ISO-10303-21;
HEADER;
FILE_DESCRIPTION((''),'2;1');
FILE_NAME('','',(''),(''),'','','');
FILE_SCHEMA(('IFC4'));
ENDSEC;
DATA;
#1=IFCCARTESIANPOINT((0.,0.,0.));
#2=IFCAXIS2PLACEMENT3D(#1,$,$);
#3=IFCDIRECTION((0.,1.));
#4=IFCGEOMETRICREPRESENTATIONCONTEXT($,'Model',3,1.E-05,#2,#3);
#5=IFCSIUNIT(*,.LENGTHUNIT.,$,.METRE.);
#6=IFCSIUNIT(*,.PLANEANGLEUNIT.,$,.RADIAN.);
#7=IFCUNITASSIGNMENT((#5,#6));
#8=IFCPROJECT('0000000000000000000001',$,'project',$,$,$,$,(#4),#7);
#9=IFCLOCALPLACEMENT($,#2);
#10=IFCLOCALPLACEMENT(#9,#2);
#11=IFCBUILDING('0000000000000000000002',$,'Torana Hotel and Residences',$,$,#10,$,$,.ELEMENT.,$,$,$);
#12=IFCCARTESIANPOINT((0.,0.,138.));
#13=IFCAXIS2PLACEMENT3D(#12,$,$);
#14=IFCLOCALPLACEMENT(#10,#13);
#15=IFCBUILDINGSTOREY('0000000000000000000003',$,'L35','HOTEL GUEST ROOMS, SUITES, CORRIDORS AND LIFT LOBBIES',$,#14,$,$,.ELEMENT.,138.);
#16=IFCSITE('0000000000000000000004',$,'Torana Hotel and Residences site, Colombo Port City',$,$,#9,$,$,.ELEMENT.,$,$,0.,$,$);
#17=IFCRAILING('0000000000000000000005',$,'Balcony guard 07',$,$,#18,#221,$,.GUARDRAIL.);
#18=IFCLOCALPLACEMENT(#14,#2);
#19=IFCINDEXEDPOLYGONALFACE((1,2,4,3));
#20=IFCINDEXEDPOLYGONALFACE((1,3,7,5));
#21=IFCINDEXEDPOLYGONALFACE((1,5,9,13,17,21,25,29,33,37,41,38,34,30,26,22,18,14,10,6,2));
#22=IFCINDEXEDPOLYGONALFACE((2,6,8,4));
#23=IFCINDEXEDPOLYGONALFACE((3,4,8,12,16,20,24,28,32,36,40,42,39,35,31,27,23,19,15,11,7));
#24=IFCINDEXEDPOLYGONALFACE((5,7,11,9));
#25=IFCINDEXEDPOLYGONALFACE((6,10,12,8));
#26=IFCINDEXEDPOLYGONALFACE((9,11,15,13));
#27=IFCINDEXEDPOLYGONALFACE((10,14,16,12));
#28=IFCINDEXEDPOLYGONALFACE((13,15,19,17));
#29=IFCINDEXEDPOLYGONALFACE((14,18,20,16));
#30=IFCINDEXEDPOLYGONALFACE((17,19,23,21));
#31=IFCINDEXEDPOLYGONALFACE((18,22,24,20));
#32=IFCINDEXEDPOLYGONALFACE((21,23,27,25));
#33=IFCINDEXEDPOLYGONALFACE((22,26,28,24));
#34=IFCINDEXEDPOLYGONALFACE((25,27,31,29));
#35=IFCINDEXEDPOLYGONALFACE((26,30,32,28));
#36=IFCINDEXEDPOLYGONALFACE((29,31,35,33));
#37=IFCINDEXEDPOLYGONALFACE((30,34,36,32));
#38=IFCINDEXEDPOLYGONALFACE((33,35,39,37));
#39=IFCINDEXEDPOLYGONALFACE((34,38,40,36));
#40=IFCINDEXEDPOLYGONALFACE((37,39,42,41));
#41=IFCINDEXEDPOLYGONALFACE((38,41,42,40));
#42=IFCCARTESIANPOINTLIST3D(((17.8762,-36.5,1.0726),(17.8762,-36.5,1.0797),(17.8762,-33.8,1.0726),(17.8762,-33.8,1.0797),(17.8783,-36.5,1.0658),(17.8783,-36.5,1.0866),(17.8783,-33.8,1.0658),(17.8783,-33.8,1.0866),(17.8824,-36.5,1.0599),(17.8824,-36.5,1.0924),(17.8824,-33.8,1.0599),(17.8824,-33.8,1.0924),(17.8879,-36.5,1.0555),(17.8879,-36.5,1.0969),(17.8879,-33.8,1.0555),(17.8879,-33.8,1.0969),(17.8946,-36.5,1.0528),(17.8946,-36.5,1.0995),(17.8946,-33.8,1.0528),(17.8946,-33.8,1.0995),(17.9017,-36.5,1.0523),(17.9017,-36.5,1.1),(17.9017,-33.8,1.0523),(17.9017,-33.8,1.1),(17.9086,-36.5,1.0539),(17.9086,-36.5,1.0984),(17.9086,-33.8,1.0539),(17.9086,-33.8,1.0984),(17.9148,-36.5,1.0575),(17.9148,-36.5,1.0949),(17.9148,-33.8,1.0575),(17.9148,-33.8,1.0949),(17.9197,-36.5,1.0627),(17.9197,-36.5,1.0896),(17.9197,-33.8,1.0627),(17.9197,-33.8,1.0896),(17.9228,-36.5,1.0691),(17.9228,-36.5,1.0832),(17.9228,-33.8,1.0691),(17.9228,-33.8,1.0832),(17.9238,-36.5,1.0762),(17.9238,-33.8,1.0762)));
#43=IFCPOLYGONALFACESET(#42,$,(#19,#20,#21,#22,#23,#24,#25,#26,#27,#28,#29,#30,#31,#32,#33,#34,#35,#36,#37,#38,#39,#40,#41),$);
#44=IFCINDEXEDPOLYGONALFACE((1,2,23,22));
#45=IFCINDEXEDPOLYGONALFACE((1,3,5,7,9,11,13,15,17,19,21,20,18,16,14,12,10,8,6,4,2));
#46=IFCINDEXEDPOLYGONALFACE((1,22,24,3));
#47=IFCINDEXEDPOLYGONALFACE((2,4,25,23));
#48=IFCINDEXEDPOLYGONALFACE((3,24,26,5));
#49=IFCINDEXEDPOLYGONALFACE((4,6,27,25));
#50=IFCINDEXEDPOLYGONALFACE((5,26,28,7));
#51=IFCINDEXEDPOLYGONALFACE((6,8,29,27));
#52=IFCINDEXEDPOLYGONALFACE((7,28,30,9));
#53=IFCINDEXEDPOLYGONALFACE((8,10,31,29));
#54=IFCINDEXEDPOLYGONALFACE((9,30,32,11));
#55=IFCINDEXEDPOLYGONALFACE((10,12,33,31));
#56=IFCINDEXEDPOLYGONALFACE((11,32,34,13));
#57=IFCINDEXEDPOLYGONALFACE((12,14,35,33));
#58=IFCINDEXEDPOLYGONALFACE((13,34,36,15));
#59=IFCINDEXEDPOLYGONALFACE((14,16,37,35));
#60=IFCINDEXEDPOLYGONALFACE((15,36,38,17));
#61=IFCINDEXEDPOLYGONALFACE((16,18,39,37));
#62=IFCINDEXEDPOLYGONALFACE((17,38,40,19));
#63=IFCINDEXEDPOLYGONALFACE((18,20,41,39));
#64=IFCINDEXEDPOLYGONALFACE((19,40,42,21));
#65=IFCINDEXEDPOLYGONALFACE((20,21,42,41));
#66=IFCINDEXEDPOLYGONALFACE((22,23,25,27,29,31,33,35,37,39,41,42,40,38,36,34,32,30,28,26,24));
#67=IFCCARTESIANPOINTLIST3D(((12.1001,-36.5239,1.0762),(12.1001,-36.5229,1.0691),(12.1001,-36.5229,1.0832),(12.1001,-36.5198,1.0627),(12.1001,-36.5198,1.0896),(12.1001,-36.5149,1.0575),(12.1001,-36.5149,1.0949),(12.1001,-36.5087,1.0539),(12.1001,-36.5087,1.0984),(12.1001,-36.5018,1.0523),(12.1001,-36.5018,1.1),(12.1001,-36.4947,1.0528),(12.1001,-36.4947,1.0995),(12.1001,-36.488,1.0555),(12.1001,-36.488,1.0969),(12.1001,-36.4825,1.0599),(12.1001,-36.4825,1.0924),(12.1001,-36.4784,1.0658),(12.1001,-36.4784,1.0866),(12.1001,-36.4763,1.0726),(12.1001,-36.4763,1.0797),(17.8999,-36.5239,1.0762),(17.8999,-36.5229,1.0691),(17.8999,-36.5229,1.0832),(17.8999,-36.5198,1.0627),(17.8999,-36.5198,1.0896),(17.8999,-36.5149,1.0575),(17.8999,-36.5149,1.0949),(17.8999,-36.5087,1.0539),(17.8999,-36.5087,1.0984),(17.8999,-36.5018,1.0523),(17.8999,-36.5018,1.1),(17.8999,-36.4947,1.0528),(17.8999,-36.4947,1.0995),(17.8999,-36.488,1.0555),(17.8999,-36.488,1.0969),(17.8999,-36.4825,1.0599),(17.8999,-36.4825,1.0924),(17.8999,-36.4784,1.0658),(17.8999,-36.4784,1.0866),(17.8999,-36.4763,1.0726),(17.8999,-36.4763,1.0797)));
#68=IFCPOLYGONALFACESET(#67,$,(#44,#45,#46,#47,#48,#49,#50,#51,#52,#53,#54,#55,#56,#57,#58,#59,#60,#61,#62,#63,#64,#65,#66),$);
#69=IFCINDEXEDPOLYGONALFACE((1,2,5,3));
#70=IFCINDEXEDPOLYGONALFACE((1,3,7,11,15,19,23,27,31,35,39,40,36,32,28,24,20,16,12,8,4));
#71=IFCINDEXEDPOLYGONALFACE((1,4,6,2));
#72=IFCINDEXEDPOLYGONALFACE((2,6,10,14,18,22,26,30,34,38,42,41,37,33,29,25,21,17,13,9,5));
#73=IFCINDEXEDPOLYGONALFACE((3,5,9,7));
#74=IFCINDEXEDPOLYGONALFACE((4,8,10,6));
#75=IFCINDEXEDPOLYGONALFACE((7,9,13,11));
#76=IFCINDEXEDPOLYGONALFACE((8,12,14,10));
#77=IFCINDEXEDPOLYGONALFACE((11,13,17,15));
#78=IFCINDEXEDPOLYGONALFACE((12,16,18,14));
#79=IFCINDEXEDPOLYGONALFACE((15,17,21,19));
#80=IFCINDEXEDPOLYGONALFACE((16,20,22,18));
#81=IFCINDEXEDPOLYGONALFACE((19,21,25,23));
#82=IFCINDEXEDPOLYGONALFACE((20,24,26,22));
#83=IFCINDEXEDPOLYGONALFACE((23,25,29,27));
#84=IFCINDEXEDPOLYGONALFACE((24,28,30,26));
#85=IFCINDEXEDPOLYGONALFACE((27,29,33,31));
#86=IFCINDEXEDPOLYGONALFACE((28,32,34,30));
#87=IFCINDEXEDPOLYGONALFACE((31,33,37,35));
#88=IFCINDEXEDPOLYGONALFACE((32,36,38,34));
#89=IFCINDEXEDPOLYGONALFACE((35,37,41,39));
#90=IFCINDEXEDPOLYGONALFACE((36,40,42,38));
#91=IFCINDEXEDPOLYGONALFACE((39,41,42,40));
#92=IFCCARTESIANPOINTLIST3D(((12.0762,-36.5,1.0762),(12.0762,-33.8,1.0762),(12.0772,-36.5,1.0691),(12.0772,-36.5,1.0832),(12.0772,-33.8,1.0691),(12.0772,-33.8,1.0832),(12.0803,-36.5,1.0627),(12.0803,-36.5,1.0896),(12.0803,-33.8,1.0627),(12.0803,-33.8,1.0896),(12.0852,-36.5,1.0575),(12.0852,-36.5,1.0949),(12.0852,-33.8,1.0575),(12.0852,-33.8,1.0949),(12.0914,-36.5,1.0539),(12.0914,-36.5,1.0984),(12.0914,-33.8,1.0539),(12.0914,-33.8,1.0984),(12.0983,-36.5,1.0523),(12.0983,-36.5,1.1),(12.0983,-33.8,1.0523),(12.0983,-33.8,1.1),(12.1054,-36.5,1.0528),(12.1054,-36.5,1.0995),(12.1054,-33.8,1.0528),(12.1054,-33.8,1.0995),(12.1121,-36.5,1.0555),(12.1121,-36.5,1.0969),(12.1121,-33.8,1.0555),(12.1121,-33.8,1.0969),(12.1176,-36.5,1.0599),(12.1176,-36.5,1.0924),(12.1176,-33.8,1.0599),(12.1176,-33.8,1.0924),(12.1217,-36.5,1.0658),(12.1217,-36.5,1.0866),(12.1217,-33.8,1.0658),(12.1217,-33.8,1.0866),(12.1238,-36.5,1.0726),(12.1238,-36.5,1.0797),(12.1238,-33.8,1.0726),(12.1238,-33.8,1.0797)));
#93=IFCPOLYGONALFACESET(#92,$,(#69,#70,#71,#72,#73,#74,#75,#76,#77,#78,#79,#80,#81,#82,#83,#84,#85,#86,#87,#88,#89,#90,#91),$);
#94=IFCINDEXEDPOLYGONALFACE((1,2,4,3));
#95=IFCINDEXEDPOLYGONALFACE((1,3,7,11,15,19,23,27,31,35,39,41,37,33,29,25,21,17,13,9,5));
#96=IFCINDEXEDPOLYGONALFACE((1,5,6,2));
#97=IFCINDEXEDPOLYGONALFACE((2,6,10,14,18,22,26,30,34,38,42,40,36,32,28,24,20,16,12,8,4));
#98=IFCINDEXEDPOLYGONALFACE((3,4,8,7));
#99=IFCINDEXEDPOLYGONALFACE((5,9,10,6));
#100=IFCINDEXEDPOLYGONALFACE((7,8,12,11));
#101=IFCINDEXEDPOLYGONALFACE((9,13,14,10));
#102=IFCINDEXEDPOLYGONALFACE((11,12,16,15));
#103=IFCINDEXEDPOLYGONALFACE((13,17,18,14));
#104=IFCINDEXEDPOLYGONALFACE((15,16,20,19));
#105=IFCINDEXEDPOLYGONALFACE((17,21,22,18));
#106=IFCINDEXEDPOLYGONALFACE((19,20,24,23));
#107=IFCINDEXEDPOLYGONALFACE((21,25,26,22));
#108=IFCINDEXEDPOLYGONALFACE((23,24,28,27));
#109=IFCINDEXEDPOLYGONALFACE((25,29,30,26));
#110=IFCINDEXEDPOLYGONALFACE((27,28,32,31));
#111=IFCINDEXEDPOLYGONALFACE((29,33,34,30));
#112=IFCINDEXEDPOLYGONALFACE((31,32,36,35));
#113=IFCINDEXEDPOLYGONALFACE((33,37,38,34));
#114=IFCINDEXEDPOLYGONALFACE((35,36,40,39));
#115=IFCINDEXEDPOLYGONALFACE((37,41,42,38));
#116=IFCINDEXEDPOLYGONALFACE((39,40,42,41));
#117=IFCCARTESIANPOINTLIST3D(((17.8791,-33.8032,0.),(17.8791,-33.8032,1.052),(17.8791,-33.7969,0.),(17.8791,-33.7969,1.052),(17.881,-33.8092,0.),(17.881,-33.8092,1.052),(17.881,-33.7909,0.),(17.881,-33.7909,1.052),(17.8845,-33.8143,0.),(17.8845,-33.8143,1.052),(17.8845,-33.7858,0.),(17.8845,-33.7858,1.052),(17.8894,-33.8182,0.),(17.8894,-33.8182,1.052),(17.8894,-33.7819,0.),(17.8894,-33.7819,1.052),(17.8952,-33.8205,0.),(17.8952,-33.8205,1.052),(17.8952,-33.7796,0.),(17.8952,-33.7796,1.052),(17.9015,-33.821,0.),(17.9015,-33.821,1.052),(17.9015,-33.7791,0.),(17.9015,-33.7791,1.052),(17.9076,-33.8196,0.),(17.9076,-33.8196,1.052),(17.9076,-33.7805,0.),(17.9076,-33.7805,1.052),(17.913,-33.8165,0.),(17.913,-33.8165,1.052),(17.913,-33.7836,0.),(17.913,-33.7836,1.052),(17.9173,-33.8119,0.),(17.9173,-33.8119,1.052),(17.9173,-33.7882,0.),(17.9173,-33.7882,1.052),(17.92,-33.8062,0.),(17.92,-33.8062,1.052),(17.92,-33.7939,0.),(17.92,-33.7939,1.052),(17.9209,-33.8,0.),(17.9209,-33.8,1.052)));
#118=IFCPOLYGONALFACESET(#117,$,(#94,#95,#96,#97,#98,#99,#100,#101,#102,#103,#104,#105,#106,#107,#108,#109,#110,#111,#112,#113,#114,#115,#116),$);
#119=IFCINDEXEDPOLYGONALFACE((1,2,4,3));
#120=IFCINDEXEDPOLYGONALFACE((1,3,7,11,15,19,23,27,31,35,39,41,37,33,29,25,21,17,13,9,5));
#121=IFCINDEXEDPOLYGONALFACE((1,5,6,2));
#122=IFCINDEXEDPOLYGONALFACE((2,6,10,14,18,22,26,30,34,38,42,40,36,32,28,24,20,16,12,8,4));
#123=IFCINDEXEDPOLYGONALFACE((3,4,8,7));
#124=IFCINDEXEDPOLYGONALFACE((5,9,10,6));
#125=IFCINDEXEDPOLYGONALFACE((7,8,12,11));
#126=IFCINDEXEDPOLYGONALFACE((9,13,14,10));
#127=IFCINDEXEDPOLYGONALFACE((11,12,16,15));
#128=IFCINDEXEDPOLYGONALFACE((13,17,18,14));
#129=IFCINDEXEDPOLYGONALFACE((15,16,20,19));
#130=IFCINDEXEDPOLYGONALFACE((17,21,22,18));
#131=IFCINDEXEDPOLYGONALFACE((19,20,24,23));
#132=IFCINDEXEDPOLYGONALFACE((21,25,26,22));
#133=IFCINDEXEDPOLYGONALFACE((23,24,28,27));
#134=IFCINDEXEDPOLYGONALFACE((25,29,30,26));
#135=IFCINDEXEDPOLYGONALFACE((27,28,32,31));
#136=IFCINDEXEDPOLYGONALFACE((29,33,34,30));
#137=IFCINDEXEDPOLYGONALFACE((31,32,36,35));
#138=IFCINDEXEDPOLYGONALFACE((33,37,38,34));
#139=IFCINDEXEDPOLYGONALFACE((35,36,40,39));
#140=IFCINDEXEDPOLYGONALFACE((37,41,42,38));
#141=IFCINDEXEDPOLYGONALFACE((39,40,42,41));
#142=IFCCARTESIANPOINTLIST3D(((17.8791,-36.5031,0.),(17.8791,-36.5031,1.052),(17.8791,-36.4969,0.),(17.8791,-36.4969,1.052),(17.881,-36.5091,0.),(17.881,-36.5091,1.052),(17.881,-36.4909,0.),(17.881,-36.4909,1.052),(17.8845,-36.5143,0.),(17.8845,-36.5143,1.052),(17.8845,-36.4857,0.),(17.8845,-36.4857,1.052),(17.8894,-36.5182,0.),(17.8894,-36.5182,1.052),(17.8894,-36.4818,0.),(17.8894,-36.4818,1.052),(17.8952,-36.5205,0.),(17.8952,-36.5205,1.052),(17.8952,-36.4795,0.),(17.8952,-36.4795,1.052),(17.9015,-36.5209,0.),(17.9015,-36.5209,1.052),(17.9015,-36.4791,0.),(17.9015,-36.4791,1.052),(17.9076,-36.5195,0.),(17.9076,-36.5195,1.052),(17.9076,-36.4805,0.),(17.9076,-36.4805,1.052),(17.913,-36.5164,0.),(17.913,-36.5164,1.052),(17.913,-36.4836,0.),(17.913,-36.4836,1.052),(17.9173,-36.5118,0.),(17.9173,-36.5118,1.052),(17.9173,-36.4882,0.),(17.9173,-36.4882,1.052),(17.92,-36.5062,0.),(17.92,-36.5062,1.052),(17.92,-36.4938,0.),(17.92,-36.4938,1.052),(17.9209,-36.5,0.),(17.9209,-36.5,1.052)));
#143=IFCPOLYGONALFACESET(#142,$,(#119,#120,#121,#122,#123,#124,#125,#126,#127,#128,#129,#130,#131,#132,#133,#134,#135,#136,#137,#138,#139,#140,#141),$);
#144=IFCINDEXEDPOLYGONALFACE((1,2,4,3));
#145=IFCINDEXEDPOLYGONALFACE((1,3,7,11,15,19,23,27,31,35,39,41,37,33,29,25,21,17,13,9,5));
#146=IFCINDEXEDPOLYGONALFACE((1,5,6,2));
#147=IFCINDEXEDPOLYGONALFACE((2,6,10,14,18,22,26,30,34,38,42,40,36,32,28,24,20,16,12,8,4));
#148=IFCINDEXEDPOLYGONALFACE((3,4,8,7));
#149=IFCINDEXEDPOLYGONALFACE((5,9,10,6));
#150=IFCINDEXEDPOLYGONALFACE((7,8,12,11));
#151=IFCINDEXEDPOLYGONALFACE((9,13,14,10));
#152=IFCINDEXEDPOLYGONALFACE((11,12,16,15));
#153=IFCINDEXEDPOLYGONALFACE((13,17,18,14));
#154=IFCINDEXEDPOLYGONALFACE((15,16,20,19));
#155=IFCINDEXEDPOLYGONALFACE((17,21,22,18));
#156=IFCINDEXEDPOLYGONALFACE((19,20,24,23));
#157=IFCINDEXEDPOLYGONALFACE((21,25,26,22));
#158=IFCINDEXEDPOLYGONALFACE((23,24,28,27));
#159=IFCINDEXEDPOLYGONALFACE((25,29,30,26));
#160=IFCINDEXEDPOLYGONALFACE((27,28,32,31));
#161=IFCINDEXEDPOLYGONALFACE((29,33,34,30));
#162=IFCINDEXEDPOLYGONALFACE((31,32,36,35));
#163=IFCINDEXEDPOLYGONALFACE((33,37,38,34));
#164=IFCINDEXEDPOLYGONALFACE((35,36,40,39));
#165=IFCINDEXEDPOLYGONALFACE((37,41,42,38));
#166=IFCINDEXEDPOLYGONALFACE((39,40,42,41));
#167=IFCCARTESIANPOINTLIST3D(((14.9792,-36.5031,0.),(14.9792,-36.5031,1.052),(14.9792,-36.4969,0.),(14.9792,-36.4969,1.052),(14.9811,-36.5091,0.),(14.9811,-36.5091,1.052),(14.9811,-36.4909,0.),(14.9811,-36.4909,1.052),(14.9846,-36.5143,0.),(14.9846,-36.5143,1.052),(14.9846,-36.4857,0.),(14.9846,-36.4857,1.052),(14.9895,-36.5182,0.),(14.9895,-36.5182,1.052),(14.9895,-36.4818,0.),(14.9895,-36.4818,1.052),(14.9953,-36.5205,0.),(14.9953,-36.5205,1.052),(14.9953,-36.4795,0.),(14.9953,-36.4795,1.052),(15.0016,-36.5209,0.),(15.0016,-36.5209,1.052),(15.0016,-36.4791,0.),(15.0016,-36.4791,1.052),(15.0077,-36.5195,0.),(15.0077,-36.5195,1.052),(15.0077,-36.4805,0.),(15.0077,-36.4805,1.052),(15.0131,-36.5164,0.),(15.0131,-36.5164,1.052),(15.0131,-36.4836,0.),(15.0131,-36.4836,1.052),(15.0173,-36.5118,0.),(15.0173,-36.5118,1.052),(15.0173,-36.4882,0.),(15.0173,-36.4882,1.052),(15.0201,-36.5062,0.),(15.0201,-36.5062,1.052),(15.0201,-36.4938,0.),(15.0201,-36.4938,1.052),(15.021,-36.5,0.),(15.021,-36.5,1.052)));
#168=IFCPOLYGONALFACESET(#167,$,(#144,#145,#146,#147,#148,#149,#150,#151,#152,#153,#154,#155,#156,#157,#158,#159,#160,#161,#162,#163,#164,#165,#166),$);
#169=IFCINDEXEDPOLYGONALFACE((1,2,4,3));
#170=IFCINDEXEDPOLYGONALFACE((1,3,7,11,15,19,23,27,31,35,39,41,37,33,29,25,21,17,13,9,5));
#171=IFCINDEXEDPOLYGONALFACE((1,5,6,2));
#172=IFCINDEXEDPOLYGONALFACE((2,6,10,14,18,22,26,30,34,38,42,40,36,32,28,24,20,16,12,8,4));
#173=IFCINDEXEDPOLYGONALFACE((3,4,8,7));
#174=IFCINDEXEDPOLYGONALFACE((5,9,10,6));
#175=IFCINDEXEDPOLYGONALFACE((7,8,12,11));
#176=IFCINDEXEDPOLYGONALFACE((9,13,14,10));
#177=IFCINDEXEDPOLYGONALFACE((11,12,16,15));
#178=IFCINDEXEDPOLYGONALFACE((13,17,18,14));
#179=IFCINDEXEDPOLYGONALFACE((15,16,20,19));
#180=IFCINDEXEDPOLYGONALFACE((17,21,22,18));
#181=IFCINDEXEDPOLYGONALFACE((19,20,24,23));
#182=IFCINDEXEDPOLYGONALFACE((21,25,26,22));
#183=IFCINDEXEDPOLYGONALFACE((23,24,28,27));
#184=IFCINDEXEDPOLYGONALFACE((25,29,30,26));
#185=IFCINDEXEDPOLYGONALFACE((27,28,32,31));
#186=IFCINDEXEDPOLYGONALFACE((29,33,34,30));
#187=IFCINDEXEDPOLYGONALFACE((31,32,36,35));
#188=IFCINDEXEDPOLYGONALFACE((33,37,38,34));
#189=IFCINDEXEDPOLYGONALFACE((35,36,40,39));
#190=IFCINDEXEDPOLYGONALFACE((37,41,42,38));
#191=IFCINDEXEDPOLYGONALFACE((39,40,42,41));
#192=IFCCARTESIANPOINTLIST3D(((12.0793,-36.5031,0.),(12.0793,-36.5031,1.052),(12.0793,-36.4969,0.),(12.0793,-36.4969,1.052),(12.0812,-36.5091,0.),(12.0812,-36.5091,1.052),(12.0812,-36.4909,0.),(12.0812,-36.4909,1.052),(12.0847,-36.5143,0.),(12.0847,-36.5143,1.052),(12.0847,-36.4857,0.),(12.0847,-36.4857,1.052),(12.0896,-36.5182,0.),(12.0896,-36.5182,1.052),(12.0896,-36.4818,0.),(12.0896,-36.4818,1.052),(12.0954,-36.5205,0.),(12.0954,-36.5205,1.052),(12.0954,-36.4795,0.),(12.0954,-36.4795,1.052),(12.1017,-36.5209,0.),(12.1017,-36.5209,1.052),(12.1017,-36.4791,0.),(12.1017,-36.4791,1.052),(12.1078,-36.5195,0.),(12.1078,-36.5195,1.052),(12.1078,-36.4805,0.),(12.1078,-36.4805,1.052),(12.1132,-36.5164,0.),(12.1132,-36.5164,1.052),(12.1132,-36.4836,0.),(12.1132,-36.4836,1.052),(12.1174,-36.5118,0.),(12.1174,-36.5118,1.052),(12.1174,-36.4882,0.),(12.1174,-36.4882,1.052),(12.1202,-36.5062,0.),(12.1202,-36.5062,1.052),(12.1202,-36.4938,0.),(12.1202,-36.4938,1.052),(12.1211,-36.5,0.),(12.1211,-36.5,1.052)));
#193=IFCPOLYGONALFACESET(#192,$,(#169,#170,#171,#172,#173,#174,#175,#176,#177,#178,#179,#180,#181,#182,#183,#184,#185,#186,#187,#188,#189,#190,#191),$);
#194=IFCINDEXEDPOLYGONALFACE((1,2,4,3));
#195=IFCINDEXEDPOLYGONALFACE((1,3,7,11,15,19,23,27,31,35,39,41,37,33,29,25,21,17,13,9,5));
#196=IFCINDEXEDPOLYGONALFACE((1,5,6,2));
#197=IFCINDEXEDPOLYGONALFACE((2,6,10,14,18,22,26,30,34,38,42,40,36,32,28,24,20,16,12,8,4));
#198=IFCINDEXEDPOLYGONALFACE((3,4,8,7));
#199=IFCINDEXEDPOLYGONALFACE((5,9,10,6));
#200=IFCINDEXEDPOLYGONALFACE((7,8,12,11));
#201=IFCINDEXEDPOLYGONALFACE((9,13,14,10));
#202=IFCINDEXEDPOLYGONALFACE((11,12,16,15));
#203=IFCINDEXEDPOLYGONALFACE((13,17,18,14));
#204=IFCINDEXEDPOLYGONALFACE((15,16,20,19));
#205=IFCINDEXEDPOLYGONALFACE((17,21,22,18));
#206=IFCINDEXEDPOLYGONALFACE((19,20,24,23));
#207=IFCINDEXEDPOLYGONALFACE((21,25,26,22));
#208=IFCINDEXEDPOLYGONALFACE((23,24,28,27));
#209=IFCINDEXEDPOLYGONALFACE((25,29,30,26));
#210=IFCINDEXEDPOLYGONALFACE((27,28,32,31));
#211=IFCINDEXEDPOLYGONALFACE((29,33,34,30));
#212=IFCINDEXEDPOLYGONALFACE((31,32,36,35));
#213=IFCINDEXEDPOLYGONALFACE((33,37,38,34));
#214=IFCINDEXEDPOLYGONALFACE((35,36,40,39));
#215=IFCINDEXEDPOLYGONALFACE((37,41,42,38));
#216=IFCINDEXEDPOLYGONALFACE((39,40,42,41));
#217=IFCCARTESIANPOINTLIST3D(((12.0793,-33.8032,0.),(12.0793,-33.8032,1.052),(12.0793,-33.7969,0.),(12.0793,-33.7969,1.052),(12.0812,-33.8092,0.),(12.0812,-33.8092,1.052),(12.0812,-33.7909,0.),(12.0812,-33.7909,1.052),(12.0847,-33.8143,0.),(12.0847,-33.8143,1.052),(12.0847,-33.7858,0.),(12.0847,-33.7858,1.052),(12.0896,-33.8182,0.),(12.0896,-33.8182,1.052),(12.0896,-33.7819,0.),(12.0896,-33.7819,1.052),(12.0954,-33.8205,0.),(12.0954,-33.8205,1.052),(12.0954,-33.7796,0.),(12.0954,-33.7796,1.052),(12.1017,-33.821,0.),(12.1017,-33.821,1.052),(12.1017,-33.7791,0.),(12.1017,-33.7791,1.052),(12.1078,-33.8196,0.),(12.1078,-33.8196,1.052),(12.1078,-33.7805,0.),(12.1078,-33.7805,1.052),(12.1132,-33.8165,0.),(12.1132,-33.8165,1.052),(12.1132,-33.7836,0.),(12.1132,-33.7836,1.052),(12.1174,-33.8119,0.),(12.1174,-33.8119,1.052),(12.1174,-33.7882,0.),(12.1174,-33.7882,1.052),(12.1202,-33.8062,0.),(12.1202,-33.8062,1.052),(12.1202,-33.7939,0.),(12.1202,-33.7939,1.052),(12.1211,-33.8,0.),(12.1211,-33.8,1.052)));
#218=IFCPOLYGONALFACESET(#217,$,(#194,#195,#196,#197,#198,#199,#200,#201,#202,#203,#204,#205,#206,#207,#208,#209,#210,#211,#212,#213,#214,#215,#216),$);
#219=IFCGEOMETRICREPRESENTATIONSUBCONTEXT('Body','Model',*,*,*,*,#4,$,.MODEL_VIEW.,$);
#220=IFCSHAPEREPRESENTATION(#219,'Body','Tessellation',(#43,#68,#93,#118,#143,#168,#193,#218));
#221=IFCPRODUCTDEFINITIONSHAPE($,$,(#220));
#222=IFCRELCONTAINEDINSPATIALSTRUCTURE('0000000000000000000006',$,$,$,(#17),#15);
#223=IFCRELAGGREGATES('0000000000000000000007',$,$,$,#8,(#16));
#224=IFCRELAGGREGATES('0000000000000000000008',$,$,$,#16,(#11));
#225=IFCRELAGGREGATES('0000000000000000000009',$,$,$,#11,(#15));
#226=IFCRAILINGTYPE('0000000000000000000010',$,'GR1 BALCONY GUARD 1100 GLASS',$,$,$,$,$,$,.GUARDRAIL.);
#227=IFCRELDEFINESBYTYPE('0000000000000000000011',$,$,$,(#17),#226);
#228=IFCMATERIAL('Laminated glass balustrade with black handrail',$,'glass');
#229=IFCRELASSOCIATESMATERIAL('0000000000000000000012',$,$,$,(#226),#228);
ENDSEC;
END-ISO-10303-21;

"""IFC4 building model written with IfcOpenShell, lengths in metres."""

from ifc_helpers import new_model, si_unit, direction, frame, origin, origin_2d, place, context, subcontext, project, spatial, circle, extrude, material, type_object, element, save


model = new_model("IFC4")

# Units and contexts
model_context = context("Model", 3, precision=1e-05, world=origin(), true_north=direction((0.0, 1.0)))
body_context = subcontext(model_context, "Body", "Model", "MODEL_VIEW")
ifc_project = project(units=[si_unit("LENGTHUNIT", "METRE"), si_unit("PLANEANGLEUNIT", "RADIAN")], contexts=[model_context])

# Site, building, storey
site_placement = place(None, origin())
site = spatial("IfcSite", under=ifc_project, at=site_placement, Name="Torana Hotel and Residences site, Colombo Port City", CompositionType="ELEMENT", RefElevation=0.0)
building_placement = place(site_placement, origin())
building = spatial("IfcBuilding", under=site, at=building_placement, Name="Torana Hotel and Residences", CompositionType="ELEMENT")
storey_placement = place(building_placement, frame((0.0, 0.0, 138.0)))
storey = spatial("IfcBuildingStorey", under=building, at=storey_placement, Name="L35", Description="HOTEL GUEST ROOMS, SUITES, CORRIDORS AND LIFT LOBBIES", CompositionType="ELEMENT", Elevation=138.0)

# Railing
ifc_material_1 = material(Name="Laminated glass balustrade with black handrail", Category="glass")
railing_type = type_object("IfcRailingType", Name="GR1 BALCONY GUARD 1100 GLASS", PredefinedType="GUARDRAIL", material=ifc_material_1)
railing_1_placement = place(storey_placement, frame((17.8999, -33.8, 0.0)))
element("IfcRailing", 1, at=railing_1_placement, inside=storey, type_object=railing_type, Name="Balcony guard 07", PredefinedType="GUARDRAIL", context=body_context, shape_type="SweptSolid", body=[
    extrude(circle(Radius=0.0239, at=origin_2d()), frame((0.0, 0.0, 1.0762), z_axis=(0.0, -1.0, 0.0), x_axis=(1.0, 0.0, 0.0)), (0.0, 0.0, 1.0), 2.7),
    extrude(circle(Radius=0.0239, at=origin_2d()), frame((0.0, -2.7, 1.0762), z_axis=(-1.0, 0.0, 0.0), x_axis=(0.0, -1.0, 0.0)), (0.0, 0.0, 1.0), 5.7998),
    extrude(circle(Radius=0.0239, at=origin_2d()), frame((-5.7998, -2.7, 1.0762), z_axis=(0.0, 1.0, 0.0), x_axis=(-1.0, 0.0, 0.0)), (0.0, 0.0, 1.0), 2.7),
    extrude(circle(Radius=0.021, at=origin_2d()), origin(), (0.0, 0.0, 1.0), 1.052),
    extrude(circle(Radius=0.021, at=origin_2d()), frame((0.0, -2.7, 0.0)), (0.0, 0.0, 1.0), 1.052),
    extrude(circle(Radius=0.021, at=origin_2d()), frame((-2.8999, -2.7, 0.0)), (0.0, 0.0, 1.0), 1.052),
    extrude(circle(Radius=0.021, at=origin_2d()), frame((-5.7998, -2.7, 0.0)), (0.0, 0.0, 1.0), 1.052),
    extrude(circle(Radius=0.021, at=origin_2d()), frame((-5.7998, 0.0, 0.0)), (0.0, 0.0, 1.0), 1.052),
])

save(model, "model.ifc")
